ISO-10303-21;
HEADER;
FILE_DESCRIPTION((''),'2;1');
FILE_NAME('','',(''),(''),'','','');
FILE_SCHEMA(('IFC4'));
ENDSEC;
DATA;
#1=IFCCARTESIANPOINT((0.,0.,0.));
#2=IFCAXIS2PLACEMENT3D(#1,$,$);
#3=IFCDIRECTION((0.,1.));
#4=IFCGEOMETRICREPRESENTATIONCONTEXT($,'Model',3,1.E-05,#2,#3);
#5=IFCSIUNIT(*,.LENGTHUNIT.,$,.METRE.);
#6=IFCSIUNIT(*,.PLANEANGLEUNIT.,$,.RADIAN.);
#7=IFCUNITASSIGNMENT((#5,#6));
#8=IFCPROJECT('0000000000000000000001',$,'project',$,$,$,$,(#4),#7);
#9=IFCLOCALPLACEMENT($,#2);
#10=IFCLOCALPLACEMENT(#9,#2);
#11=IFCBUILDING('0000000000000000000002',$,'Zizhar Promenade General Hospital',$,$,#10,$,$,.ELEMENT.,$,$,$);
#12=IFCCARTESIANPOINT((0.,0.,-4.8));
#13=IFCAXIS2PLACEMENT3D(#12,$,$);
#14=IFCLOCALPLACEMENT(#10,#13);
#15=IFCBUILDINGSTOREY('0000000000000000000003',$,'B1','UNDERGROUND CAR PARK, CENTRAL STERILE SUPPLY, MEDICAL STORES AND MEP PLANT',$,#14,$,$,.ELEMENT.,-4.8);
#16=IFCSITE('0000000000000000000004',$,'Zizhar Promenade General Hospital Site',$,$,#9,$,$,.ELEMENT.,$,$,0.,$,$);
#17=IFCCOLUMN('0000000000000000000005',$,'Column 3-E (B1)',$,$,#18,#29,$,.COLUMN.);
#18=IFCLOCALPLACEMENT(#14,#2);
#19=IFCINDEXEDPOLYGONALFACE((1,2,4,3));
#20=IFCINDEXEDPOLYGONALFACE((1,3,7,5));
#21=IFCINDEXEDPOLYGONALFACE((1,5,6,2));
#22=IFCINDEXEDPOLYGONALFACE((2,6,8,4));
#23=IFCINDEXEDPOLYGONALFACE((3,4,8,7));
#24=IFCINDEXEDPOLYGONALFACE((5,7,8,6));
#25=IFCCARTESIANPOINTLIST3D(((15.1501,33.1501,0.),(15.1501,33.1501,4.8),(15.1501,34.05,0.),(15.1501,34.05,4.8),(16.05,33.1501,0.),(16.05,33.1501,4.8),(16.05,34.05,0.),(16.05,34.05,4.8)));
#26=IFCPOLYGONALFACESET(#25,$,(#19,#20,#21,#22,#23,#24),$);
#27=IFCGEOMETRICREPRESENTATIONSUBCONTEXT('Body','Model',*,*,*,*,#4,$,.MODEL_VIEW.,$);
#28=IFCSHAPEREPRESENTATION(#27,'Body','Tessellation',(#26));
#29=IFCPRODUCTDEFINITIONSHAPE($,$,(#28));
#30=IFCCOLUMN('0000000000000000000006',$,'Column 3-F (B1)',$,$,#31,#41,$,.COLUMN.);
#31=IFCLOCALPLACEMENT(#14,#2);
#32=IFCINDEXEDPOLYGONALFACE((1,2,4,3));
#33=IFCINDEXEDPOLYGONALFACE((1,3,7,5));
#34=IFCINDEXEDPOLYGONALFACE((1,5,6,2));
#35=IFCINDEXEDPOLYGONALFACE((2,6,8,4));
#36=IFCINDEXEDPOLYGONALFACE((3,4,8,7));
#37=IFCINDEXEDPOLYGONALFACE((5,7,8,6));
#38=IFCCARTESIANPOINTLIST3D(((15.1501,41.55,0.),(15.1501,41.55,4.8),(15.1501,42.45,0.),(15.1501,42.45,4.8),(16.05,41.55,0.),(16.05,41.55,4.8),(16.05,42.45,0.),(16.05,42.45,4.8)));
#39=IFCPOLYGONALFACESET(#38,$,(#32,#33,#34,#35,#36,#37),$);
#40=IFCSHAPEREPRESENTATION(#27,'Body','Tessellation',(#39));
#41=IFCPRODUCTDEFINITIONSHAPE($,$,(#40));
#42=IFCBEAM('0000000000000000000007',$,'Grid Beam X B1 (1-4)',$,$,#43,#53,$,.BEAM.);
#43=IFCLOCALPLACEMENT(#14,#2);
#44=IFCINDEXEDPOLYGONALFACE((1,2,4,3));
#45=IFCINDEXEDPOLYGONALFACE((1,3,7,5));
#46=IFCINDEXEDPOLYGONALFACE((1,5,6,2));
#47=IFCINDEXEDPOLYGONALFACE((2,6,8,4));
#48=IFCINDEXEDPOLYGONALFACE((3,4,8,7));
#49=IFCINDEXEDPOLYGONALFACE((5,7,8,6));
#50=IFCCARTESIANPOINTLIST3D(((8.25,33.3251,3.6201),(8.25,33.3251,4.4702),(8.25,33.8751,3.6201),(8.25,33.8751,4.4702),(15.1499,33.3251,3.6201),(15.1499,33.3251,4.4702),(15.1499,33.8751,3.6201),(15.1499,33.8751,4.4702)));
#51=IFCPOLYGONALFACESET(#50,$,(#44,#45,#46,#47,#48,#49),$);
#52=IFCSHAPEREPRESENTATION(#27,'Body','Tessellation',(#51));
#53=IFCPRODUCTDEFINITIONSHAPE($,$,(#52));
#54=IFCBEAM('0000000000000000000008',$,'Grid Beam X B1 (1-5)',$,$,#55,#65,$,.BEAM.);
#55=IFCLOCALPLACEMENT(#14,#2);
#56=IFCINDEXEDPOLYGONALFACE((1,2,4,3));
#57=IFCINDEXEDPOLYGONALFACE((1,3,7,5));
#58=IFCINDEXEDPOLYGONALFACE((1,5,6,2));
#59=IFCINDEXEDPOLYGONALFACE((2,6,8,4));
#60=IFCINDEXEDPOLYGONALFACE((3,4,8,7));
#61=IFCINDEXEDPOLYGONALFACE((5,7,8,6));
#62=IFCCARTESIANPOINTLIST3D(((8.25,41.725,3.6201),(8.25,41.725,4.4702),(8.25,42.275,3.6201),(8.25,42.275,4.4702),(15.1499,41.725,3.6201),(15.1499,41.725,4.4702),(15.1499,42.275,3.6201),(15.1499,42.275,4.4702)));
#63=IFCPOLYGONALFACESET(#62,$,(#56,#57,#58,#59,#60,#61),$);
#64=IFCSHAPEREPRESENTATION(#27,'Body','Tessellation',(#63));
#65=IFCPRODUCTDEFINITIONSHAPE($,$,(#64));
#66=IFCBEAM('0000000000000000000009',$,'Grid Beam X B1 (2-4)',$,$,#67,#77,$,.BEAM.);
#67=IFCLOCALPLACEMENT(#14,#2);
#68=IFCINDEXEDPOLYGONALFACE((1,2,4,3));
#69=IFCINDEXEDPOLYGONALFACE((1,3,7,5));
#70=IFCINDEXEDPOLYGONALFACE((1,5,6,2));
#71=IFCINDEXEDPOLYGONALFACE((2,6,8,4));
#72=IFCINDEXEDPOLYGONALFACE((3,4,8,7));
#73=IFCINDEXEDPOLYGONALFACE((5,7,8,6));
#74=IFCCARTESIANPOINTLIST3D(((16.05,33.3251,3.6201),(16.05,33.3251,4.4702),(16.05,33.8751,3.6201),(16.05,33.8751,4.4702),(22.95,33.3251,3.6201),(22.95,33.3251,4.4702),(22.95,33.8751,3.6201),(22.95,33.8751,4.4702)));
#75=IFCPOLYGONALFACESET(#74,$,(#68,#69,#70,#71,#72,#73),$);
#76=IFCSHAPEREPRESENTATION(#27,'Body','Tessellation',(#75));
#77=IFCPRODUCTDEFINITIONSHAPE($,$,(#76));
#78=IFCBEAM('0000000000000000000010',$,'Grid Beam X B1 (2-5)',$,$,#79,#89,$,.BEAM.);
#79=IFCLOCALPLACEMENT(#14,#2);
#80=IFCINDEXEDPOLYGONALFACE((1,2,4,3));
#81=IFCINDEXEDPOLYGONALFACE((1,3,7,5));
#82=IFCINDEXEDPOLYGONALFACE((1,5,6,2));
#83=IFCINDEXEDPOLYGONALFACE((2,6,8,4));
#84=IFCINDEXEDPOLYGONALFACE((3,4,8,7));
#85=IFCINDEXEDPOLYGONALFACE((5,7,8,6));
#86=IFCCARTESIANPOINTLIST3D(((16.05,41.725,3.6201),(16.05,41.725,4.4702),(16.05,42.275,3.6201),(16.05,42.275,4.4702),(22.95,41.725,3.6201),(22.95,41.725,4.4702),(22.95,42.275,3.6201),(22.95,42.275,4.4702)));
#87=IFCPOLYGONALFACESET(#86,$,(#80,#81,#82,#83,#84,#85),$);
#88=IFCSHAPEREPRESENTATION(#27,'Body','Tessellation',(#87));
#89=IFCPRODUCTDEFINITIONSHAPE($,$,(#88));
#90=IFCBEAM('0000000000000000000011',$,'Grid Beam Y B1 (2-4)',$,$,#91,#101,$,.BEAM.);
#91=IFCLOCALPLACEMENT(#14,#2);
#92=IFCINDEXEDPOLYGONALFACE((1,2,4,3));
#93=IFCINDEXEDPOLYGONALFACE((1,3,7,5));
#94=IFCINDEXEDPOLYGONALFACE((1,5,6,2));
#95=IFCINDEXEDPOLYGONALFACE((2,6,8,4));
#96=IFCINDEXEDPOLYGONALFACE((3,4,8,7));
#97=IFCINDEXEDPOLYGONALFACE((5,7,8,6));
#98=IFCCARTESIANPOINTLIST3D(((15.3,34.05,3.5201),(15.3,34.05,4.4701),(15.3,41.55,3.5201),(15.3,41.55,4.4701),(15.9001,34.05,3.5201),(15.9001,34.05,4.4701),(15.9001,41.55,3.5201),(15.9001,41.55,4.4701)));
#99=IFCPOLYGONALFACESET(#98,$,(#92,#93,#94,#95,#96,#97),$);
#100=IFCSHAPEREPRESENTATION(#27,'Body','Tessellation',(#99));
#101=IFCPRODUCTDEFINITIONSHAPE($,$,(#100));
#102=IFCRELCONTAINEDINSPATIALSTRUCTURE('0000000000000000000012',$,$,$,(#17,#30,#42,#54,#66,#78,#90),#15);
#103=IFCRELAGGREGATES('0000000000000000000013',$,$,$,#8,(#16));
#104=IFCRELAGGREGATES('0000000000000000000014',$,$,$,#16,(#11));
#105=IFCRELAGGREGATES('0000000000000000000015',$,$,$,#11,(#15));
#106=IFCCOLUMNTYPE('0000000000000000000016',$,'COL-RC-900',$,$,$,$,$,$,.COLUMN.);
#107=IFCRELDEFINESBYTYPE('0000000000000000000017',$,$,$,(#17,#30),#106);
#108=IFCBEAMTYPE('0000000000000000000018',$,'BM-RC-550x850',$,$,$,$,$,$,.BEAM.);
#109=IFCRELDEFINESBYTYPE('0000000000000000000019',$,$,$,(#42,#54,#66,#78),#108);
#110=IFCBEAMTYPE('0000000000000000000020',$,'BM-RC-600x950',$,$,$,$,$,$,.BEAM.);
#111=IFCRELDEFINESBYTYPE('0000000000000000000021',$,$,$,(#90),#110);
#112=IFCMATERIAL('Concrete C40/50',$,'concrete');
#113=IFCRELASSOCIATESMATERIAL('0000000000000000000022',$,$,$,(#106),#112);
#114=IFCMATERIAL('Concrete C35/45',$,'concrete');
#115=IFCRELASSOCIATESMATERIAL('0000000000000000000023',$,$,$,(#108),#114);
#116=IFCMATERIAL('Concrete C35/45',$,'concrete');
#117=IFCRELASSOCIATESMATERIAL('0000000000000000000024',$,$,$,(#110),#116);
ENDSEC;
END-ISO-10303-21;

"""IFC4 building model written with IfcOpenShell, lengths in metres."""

from ifc_helpers import new_model, si_unit, direction, frame, origin, origin_2d, place, context, subcontext, project, spatial, rectangle, extrude, material, material_profile, profile_set, type_object, element, save


model = new_model("IFC4")

# Units and contexts
model_context = context("Model", 3, precision=1e-05, world=origin(), true_north=direction((0.0, 1.0)))
body_context = subcontext(model_context, "Body", "Model", "MODEL_VIEW")
ifc_project = project(units=[si_unit("LENGTHUNIT", "METRE"), si_unit("PLANEANGLEUNIT", "RADIAN")], contexts=[model_context])

# Site, building, storey
site_placement = place(None, origin())
site = spatial("IfcSite", under=ifc_project, at=site_placement, Name="Zizhar Promenade General Hospital Site", CompositionType="ELEMENT", RefElevation=0.0)
building_placement = place(site_placement, origin())
building = spatial("IfcBuilding", under=site, at=building_placement, Name="Zizhar Promenade General Hospital", CompositionType="ELEMENT")
storey_placement = place(building_placement, frame((0.0, 0.0, -4.8)))
storey = spatial("IfcBuildingStorey", under=building, at=storey_placement, Name="B1", Description="UNDERGROUND CAR PARK, CENTRAL STERILE SUPPLY, MEDICAL STORES AND MEP PLANT", CompositionType="ELEMENT", Elevation=-4.8)

# Columns
ifc_material_1 = material(Name="Concrete C40/50", Category="concrete")
ifc_material_profile_1 = material_profile(ifc_material_1, rectangle(XDim=0.8999, YDim=0.8999, at=origin_2d()))
ifc_profile_set_1 = profile_set([ifc_material_profile_1], Name="Concrete C40/50")
column_type = type_object("IfcColumnType", Name="COL-RC-900", PredefinedType="COLUMN", material=ifc_profile_set_1)
for number, where, z_axis, x_axis, name in (
    (1, (15.6001, 33.6001, 0.0), (0.0, 0.0, 1.0), (1.0, 0.0, 0.0), "Column 3-E (B1)"),
    (2, (15.6001, 42.0, 0.0), (0.0, 0.0, 1.0), (1.0, 0.0, 0.0), "Column 3-F (B1)"),
):
    element("IfcColumn", number, at=place(storey_placement, frame(where, z_axis=z_axis, x_axis=x_axis)), inside=storey, type_object=column_type, Name=name, PredefinedType="COLUMN", context=body_context, shape_type="SweptSolid", body=[
        extrude(rectangle(XDim=0.8999, YDim=0.8999, at=origin_2d()), origin(), (0.0, 0.0, 1.0), 4.8),
    ])

# Beams
ifc_material_2 = material(Name="Concrete C35/45", Category="concrete")
ifc_material_profile_2 = material_profile(ifc_material_2, rectangle(XDim=0.55, YDim=0.8501, at=origin_2d()))
ifc_profile_set_2 = profile_set([ifc_material_profile_2], Name="Concrete C35/45")
beam_type_1 = type_object("IfcBeamType", Name="BM-RC-550x850", PredefinedType="BEAM", material=ifc_profile_set_2)
for number, where, z_axis, x_axis, name in (
    (3, (8.25, 33.6001, 4.0452), (1.0, 0.0, 0.0), (0.0, 1.0, 0.0), "Grid Beam X B1 (1-4)"),
    (4, (8.25, 42.0, 4.0452), (1.0, 0.0, 0.0), (0.0, 1.0, 0.0), "Grid Beam X B1 (1-5)"),
    (5, (16.05, 33.6001, 4.0452), (1.0, 0.0, 0.0), (0.0, 1.0, 0.0), "Grid Beam X B1 (2-4)"),
    (6, (16.05, 42.0, 4.0452), (1.0, 0.0, 0.0), (0.0, 1.0, 0.0), "Grid Beam X B1 (2-5)"),
):
    element("IfcBeam", number, at=place(storey_placement, frame(where, z_axis=z_axis, x_axis=x_axis)), inside=storey, type_object=beam_type_1, Name=name, PredefinedType="BEAM", context=body_context, shape_type="SweptSolid", body=[
        extrude(rectangle(XDim=0.55, YDim=0.8501, at=origin_2d()), origin(), (0.0, 0.0, 1.0), 6.8999),
    ])
ifc_material_3 = material(Name="Concrete C35/45", Category="concrete")
ifc_material_profile_3 = material_profile(ifc_material_3, rectangle(XDim=0.6001, YDim=0.95, at=origin_2d()))
ifc_profile_set_3 = profile_set([ifc_material_profile_3], Name="Concrete C35/45")
beam_type_2 = type_object("IfcBeamType", Name="BM-RC-600x950", PredefinedType="BEAM", material=ifc_profile_set_3)
beam_placement = place(storey_placement, frame((15.6001, 34.05, 3.9951), z_axis=(0.0, 1.0, 0.0), x_axis=(-1.0, 0.0, 0.0)))
element("IfcBeam", 7, at=beam_placement, inside=storey, type_object=beam_type_2, Name="Grid Beam Y B1 (2-4)", PredefinedType="BEAM", context=body_context, shape_type="SweptSolid", body=[
    extrude(rectangle(XDim=0.6001, YDim=0.95, at=origin_2d()), origin(), (0.0, 0.0, 1.0), 7.5),
])

save(model, "model.ifc")
